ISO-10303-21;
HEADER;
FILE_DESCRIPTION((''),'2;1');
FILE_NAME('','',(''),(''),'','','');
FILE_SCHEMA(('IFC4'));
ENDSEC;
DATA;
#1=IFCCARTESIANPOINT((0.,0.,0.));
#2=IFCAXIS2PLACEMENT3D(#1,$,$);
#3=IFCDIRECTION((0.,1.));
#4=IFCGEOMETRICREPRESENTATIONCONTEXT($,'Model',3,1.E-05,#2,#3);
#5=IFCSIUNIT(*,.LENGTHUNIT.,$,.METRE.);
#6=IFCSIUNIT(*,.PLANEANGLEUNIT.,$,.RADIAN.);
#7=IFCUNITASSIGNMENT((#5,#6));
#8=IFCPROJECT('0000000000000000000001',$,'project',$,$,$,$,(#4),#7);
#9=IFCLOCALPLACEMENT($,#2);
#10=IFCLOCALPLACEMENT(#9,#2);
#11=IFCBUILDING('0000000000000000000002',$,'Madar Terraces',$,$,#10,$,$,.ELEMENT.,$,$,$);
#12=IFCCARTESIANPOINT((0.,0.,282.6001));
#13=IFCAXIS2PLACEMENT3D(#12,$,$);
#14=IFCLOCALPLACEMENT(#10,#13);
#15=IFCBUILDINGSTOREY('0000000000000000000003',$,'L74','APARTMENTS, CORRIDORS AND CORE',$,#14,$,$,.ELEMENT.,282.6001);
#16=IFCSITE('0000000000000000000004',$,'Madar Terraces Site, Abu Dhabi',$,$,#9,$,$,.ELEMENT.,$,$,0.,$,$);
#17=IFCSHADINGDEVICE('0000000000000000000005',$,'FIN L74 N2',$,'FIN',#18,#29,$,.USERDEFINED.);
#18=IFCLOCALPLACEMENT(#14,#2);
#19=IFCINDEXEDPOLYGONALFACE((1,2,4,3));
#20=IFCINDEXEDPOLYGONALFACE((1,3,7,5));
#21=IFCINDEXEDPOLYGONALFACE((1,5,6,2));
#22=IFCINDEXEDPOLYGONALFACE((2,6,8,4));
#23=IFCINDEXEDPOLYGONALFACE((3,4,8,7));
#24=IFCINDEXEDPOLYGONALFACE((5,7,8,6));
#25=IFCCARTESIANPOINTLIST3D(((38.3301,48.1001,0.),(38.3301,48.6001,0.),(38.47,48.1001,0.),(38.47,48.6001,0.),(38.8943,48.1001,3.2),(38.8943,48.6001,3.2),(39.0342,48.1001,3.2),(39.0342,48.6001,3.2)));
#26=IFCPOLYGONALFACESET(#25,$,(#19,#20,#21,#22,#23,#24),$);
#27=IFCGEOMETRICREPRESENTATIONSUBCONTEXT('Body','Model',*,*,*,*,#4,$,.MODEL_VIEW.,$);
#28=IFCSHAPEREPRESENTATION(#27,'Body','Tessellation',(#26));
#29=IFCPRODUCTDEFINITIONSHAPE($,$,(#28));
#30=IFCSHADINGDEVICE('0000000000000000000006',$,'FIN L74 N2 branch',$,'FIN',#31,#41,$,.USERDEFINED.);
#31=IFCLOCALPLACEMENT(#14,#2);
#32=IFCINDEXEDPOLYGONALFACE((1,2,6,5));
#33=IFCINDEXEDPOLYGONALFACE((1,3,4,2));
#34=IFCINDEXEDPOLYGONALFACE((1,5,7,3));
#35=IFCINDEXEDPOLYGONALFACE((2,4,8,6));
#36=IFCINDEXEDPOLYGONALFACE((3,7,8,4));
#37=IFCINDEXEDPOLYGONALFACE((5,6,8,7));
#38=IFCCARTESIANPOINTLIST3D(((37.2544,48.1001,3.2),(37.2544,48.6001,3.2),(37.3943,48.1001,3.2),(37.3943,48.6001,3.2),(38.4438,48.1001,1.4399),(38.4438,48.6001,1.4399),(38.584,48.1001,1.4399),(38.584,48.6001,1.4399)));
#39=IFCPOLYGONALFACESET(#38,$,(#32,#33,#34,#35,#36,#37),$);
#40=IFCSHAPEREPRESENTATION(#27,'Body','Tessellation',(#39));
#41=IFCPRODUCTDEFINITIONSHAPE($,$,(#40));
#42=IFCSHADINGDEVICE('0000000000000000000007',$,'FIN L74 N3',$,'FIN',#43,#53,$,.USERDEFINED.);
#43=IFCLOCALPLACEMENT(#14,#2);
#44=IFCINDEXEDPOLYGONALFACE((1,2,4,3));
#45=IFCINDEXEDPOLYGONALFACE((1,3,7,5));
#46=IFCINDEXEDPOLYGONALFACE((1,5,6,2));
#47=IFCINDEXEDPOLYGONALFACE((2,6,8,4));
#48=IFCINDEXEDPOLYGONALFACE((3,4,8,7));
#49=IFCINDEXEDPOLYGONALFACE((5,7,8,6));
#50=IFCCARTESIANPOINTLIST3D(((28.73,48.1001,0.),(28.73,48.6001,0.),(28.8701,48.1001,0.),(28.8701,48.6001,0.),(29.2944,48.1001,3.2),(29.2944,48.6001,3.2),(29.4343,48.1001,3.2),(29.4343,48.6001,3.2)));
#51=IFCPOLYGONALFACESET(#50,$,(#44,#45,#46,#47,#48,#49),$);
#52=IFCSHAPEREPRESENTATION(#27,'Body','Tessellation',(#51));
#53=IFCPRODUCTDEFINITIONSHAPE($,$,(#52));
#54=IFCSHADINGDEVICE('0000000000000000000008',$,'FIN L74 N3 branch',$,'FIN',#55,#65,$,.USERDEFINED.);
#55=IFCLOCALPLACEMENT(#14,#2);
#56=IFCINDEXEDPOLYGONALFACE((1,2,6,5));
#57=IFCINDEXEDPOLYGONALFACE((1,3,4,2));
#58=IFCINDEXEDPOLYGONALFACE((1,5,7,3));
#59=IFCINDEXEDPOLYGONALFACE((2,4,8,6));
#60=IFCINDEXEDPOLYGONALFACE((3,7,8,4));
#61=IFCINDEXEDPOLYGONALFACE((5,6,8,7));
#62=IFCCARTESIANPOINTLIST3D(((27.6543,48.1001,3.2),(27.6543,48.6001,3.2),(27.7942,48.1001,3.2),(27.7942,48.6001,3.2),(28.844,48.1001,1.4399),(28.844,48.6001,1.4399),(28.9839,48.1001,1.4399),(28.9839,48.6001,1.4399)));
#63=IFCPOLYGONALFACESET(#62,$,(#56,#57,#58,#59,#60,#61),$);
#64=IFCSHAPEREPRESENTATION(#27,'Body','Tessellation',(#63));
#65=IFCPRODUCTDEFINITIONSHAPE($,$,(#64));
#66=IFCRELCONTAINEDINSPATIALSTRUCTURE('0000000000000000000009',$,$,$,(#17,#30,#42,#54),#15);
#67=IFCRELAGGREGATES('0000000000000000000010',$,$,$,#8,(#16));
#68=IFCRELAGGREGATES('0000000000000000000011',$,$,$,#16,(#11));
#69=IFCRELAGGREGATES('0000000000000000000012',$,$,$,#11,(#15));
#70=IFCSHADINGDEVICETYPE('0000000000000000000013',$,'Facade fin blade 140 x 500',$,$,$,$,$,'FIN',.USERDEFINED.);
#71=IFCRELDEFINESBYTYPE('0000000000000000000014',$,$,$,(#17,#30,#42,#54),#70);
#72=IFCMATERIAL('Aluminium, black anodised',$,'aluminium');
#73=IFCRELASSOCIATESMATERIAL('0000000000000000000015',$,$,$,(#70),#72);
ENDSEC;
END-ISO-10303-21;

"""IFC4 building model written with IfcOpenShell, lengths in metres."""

from ifc_helpers import new_model, si_unit, direction, frame, origin, place, context, subcontext, project, spatial, polyline, outline, extrude, material, type_object, element, save


model = new_model("IFC4")

# Units and contexts
model_context = context("Model", 3, precision=1e-05, world=origin(), true_north=direction((0.0, 1.0)))
body_context = subcontext(model_context, "Body", "Model", "MODEL_VIEW")
ifc_project = project(units=[si_unit("LENGTHUNIT", "METRE"), si_unit("PLANEANGLEUNIT", "RADIAN")], contexts=[model_context])

# Site, building, storey
site_placement = place(None, origin())
site = spatial("IfcSite", under=ifc_project, at=site_placement, Name="Madar Terraces Site, Abu Dhabi", CompositionType="ELEMENT", RefElevation=0.0)
building_placement = place(site_placement, origin())
building = spatial("IfcBuilding", under=site, at=building_placement, Name="Madar Terraces", CompositionType="ELEMENT")
storey_placement = place(building_placement, frame((0.0, 0.0, 282.6001)))
storey = spatial("IfcBuildingStorey", under=building, at=storey_placement, Name="L74", Description="APARTMENTS, CORRIDORS AND CORE", CompositionType="ELEMENT", Elevation=282.6001)

# Shading devices
ifc_material_1 = material(Name="Aluminium, black anodised", Category="aluminium")
shading_device_type = type_object("IfcShadingDeviceType", Name="Facade fin blade 140 x 500", ElementType="FIN", PredefinedType="USERDEFINED", material=ifc_material_1)
shading_device_1_placement = place(storey_placement, frame((38.47, 48.3501, 0.0), z_axis=(0.0, 0.0, 1.0), x_axis=(-1.0, 0.0, 0.0)))
element("IfcShadingDevice", 1, at=shading_device_1_placement, inside=storey, type_object=shading_device_type, Name="FIN L74 N2", ObjectType="FIN", PredefinedType="USERDEFINED", context=body_context, shape_type="SweptSolid", body=[
    extrude(outline(polyline([(0.0, 0.0), (0.1399, 0.0), (-0.4243, 3.2), (-0.5642, 3.2), (0.0, 0.0)])), frame((0.0, 0.25, 0.0), z_axis=(0.0, -1.0, 0.0), x_axis=(1.0, 0.0, 0.0)), (0.0, 0.0, 1.0), 0.5),
])
shading_device_2_placement = place(storey_placement, frame((38.584, 48.3501, 1.4399), z_axis=(0.0, 0.0, 1.0), x_axis=(-1.0, 0.0, 0.0)))
element("IfcShadingDevice", 2, at=shading_device_2_placement, inside=storey, type_object=shading_device_type, Name="FIN L74 N2 branch", ObjectType="FIN", PredefinedType="USERDEFINED", context=body_context, shape_type="SweptSolid", body=[
    extrude(outline(polyline([(0.0, 0.0), (0.1401, 0.0), (1.3296, 1.76), (1.1897, 1.76), (0.0, 0.0)])), frame((0.0, 0.25, 0.0), z_axis=(0.0, -1.0, 0.0), x_axis=(1.0, 0.0, 0.0)), (0.0, 0.0, 1.0), 0.5),
])
shading_device_3_placement = place(storey_placement, frame((28.8701, 48.3501, 0.0), z_axis=(0.0, 0.0, 1.0), x_axis=(-1.0, 0.0, 0.0)))
element("IfcShadingDevice", 3, at=shading_device_3_placement, inside=storey, type_object=shading_device_type, Name="FIN L74 N3", ObjectType="FIN", PredefinedType="USERDEFINED", context=body_context, shape_type="SweptSolid", body=[
    extrude(outline(polyline([(0.0, 0.0), (0.1401, 0.0), (-0.4243, 3.2), (-0.5642, 3.2), (0.0, 0.0)])), frame((0.0, 0.25, 0.0), z_axis=(0.0, -1.0, 0.0), x_axis=(1.0, 0.0, 0.0)), (0.0, 0.0, 1.0), 0.5),
])
shading_device_4_placement = place(storey_placement, frame((28.9839, 48.3501, 1.4399), z_axis=(0.0, 0.0, 1.0), x_axis=(-1.0, 0.0, 0.0)))
element("IfcShadingDevice", 4, at=shading_device_4_placement, inside=storey, type_object=shading_device_type, Name="FIN L74 N3 branch", ObjectType="FIN", PredefinedType="USERDEFINED", context=body_context, shape_type="SweptSolid", body=[
    extrude(outline(polyline([(0.0, 0.0), (0.1399, 0.0), (1.3296, 1.76), (1.1897, 1.76), (0.0, 0.0)])), frame((0.0, 0.25, 0.0), z_axis=(0.0, -1.0, 0.0), x_axis=(1.0, 0.0, 0.0)), (0.0, 0.0, 1.0), 0.5),
])

save(model, "model.ifc")
